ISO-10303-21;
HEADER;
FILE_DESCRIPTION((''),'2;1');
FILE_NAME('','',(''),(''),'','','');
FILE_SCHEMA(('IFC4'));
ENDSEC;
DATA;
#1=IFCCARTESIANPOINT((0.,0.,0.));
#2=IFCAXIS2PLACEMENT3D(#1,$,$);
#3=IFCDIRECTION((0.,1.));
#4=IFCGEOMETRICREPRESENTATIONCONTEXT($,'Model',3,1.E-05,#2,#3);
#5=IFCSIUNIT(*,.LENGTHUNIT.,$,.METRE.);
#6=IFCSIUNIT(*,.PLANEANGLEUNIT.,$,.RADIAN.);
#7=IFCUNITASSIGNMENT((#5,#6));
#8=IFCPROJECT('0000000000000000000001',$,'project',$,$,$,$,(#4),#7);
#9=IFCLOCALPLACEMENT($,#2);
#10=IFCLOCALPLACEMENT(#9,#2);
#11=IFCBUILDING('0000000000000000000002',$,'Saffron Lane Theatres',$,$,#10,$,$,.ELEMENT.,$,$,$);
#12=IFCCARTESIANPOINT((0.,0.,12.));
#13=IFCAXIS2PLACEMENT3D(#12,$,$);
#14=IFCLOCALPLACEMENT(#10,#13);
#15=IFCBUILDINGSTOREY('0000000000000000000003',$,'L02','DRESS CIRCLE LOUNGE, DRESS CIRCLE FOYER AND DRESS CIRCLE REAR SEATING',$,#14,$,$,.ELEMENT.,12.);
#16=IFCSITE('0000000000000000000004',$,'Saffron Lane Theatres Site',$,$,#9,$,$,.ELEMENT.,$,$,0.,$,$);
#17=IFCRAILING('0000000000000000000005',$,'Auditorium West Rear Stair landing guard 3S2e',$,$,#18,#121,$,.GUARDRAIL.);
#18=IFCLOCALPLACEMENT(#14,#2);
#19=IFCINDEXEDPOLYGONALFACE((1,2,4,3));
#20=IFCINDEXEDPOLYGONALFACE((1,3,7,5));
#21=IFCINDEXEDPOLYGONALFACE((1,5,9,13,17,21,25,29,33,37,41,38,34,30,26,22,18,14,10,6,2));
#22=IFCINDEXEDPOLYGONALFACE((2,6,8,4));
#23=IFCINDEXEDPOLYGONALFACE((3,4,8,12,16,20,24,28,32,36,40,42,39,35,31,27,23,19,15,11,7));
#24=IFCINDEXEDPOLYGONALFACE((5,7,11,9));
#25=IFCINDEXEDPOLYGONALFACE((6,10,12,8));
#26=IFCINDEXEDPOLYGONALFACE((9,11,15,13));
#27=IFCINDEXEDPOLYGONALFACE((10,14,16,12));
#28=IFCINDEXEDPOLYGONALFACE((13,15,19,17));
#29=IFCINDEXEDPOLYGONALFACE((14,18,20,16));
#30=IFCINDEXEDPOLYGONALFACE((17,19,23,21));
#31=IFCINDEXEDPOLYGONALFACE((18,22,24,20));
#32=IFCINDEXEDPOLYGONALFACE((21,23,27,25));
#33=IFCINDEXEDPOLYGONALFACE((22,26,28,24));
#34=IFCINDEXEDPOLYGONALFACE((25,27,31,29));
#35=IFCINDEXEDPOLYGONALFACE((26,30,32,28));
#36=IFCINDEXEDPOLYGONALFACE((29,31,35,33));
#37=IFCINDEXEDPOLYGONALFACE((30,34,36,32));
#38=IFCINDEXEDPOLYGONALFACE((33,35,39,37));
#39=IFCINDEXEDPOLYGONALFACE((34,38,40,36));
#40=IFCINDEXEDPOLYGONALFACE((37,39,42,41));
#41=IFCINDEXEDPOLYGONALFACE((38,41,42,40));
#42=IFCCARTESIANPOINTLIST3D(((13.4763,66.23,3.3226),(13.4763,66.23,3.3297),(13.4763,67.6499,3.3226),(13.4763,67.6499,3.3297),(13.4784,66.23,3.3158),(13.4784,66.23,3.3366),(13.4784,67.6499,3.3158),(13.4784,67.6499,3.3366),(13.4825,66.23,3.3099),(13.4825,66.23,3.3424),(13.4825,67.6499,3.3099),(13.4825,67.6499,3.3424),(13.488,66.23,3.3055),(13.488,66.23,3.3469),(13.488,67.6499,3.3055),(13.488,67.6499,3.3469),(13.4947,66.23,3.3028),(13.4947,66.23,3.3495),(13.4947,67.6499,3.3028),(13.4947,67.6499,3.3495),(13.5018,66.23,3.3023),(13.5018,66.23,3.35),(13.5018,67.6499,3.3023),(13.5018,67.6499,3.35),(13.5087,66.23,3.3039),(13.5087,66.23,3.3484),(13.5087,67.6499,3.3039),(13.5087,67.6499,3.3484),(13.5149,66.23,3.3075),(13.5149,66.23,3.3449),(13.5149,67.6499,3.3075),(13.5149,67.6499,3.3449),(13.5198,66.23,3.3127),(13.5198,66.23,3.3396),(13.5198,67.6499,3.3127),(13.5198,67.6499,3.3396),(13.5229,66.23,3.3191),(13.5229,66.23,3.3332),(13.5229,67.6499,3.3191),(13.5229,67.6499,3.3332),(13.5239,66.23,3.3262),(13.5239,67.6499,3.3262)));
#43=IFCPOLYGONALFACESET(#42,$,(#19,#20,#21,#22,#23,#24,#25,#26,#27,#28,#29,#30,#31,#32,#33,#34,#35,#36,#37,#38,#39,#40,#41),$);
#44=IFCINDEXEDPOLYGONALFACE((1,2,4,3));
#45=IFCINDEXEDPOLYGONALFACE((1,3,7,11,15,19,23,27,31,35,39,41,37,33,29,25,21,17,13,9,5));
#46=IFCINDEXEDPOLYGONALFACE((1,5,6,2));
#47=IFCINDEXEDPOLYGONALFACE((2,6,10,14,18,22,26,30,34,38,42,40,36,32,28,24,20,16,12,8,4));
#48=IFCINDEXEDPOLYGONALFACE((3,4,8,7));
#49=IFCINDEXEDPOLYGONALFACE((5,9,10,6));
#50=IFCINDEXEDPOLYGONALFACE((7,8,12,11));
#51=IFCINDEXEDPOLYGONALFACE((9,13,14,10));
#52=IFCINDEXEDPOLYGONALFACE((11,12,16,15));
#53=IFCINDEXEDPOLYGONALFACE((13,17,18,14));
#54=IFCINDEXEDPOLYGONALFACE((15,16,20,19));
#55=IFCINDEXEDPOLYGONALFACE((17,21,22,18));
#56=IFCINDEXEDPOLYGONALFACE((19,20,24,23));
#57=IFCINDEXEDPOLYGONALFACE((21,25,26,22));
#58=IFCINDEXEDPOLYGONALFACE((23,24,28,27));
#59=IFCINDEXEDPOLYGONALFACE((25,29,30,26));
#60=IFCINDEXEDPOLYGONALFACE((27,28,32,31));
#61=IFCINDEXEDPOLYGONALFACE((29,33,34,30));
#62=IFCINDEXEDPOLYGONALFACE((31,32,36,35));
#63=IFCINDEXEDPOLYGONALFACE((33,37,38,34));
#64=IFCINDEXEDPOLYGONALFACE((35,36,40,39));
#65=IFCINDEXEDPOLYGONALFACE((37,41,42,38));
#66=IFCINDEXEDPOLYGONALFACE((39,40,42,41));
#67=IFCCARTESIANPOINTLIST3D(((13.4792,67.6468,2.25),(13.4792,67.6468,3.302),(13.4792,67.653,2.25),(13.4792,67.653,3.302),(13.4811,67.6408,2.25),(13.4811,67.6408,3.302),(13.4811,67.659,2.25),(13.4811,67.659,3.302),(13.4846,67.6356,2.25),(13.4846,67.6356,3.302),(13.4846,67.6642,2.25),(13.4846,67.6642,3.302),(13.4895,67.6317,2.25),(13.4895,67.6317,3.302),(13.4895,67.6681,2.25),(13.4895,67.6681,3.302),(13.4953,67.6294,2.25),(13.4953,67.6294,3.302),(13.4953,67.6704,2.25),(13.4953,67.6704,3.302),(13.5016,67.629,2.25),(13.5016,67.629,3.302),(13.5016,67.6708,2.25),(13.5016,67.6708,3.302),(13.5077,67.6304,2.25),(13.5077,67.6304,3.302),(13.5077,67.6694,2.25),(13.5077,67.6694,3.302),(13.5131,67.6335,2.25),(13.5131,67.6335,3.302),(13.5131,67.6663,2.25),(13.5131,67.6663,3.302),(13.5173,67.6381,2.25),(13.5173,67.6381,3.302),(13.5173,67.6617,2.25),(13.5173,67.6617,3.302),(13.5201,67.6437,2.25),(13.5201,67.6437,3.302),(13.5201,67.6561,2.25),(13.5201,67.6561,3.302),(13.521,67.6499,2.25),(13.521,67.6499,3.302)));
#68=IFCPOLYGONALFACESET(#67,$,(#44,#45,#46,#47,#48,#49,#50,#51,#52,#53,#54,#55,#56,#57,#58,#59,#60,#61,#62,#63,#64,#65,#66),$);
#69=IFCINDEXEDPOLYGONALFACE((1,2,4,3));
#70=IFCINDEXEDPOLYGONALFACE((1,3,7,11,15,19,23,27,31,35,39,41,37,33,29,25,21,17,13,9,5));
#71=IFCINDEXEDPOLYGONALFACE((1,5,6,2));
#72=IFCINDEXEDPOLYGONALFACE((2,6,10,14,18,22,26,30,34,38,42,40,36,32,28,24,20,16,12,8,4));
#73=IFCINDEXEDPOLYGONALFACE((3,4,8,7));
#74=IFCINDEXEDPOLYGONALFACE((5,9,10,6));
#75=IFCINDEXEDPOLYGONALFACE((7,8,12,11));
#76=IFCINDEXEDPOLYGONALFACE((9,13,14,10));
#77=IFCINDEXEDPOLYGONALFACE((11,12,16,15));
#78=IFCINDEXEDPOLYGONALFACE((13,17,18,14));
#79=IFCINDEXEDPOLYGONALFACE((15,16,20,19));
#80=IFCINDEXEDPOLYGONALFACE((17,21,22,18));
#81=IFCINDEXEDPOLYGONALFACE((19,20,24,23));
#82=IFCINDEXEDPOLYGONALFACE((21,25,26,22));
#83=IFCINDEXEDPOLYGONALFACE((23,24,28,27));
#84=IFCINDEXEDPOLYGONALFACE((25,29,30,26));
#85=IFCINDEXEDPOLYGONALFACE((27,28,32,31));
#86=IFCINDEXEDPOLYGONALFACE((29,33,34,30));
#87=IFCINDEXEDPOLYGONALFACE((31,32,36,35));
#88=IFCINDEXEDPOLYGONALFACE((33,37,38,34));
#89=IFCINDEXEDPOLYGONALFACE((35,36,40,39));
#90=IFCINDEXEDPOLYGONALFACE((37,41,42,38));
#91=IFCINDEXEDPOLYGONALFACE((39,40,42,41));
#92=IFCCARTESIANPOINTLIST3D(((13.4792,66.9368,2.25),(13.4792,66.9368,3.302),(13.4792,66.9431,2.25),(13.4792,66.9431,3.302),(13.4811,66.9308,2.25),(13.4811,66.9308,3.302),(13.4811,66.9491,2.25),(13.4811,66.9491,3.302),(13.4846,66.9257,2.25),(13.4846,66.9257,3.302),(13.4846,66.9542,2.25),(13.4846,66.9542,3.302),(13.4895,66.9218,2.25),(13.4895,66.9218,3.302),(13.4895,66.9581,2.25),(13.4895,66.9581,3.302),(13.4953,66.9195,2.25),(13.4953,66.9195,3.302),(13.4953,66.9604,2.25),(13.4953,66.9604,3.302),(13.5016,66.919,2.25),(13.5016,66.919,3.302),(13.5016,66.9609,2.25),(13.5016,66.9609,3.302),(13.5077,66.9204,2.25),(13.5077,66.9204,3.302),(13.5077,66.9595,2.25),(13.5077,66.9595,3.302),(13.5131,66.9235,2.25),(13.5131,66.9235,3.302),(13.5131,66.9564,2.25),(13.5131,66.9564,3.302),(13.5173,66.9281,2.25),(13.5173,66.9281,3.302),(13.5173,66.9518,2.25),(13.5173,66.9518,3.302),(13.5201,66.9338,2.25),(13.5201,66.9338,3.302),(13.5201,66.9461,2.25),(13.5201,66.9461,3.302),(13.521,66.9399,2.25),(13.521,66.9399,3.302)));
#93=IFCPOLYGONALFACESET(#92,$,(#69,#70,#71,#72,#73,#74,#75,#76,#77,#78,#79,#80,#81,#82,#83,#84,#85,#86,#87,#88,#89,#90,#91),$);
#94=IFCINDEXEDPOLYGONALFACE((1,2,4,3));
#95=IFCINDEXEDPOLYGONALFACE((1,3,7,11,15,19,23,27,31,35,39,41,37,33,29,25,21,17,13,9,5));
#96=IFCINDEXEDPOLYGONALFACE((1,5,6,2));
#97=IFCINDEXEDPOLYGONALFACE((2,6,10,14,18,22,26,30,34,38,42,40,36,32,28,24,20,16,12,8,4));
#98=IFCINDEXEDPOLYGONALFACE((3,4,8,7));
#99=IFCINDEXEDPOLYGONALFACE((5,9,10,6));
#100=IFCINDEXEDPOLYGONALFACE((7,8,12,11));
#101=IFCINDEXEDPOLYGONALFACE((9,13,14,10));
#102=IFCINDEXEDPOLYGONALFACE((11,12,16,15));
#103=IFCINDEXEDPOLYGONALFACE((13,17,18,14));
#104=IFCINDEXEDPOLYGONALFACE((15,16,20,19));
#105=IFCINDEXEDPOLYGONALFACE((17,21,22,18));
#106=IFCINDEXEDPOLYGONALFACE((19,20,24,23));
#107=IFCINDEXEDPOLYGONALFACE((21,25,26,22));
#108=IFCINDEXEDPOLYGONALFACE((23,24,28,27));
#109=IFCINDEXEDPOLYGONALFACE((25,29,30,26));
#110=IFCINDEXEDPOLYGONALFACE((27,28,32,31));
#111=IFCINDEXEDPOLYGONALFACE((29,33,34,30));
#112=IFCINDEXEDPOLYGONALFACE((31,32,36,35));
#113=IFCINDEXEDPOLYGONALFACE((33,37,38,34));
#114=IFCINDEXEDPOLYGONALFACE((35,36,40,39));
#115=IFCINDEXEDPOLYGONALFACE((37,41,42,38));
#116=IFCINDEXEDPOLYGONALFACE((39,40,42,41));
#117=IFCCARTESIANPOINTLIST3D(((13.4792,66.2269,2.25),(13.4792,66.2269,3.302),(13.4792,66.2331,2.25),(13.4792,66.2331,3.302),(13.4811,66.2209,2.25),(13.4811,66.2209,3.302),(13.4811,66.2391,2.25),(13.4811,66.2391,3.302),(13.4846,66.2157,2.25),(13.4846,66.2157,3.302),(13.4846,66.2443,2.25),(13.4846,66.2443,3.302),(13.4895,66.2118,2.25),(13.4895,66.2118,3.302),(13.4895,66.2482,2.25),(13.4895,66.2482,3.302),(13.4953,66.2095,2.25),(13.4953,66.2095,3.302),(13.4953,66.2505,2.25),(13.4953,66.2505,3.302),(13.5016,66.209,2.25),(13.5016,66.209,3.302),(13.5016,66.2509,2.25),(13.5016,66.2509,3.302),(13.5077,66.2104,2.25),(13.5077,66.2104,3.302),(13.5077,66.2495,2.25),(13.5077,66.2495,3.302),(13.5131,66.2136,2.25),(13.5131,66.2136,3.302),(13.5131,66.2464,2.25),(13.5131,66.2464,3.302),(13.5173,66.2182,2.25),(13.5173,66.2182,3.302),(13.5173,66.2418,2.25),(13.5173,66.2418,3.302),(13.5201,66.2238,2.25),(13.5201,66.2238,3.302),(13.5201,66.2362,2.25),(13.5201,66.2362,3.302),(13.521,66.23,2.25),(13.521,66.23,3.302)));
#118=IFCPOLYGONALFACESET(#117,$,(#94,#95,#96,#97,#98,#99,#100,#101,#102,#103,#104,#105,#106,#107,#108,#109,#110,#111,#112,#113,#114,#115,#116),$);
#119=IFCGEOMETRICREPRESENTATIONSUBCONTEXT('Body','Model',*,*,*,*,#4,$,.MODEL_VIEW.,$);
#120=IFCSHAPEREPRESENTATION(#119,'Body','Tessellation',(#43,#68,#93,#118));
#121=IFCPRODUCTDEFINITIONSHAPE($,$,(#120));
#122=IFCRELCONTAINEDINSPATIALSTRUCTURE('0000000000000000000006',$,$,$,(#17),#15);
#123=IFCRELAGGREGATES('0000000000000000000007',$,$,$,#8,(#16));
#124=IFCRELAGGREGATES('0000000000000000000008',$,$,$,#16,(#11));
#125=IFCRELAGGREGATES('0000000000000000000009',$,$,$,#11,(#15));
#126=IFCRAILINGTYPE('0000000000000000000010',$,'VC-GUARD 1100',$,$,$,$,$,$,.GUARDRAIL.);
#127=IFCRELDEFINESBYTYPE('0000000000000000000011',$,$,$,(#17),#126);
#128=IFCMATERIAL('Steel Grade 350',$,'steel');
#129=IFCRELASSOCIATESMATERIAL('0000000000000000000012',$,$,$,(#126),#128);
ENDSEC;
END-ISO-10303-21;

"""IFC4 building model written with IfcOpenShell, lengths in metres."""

from ifc_helpers import new_model, si_unit, direction, frame, origin, origin_2d, place, context, subcontext, project, spatial, circle, extrude, material, type_object, element, save


model = new_model("IFC4")

# Units and contexts
model_context = context("Model", 3, precision=1e-05, world=origin(), true_north=direction((0.0, 1.0)))
body_context = subcontext(model_context, "Body", "Model", "MODEL_VIEW")
ifc_project = project(units=[si_unit("LENGTHUNIT", "METRE"), si_unit("PLANEANGLEUNIT", "RADIAN")], contexts=[model_context])

# Site, building, storey
site_placement = place(None, origin())
site = spatial("IfcSite", under=ifc_project, at=site_placement, Name="Saffron Lane Theatres Site", CompositionType="ELEMENT", RefElevation=0.0)
building_placement = place(site_placement, origin())
building = spatial("IfcBuilding", under=site, at=building_placement, Name="Saffron Lane Theatres", CompositionType="ELEMENT")
storey_placement = place(building_placement, frame((0.0, 0.0, 12.0)))
storey = spatial("IfcBuildingStorey", under=building, at=storey_placement, Name="L02", Description="DRESS CIRCLE LOUNGE, DRESS CIRCLE FOYER AND DRESS CIRCLE REAR SEATING", CompositionType="ELEMENT", Elevation=12.0)

# Railing
ifc_material_1 = material(Name="Steel Grade 350", Category="steel")
railing_type_1 = type_object("IfcRailingType", Name="VC-GUARD 1100", PredefinedType="GUARDRAIL", material=ifc_material_1)
railing_1_placement = place(storey_placement, frame((13.5, 67.6499, 2.25)))
element("IfcRailing", 1, at=railing_1_placement, inside=storey, type_object=railing_type_1, Name="Auditorium West Rear Stair landing guard 3S2e", PredefinedType="GUARDRAIL", context=body_context, shape_type="SweptSolid", body=[
    extrude(circle(Radius=0.0239, at=origin_2d()), frame((0.0, 0.0, 1.0762), z_axis=(0.0, -1.0, 0.0), x_axis=(1.0, 0.0, 0.0)), (0.0, 0.0, 1.0), 1.4199),
    extrude(circle(Radius=0.021, at=origin_2d()), origin(), (0.0, 0.0, 1.0), 1.052),
    extrude(circle(Radius=0.021, at=origin_2d()), frame((0.0, -0.71, 0.0)), (0.0, 0.0, 1.0), 1.052),
    extrude(circle(Radius=0.021, at=origin_2d()), frame((0.0, -1.4199, 0.0)), (0.0, 0.0, 1.0), 1.052),
])

save(model, "model.ifc")
